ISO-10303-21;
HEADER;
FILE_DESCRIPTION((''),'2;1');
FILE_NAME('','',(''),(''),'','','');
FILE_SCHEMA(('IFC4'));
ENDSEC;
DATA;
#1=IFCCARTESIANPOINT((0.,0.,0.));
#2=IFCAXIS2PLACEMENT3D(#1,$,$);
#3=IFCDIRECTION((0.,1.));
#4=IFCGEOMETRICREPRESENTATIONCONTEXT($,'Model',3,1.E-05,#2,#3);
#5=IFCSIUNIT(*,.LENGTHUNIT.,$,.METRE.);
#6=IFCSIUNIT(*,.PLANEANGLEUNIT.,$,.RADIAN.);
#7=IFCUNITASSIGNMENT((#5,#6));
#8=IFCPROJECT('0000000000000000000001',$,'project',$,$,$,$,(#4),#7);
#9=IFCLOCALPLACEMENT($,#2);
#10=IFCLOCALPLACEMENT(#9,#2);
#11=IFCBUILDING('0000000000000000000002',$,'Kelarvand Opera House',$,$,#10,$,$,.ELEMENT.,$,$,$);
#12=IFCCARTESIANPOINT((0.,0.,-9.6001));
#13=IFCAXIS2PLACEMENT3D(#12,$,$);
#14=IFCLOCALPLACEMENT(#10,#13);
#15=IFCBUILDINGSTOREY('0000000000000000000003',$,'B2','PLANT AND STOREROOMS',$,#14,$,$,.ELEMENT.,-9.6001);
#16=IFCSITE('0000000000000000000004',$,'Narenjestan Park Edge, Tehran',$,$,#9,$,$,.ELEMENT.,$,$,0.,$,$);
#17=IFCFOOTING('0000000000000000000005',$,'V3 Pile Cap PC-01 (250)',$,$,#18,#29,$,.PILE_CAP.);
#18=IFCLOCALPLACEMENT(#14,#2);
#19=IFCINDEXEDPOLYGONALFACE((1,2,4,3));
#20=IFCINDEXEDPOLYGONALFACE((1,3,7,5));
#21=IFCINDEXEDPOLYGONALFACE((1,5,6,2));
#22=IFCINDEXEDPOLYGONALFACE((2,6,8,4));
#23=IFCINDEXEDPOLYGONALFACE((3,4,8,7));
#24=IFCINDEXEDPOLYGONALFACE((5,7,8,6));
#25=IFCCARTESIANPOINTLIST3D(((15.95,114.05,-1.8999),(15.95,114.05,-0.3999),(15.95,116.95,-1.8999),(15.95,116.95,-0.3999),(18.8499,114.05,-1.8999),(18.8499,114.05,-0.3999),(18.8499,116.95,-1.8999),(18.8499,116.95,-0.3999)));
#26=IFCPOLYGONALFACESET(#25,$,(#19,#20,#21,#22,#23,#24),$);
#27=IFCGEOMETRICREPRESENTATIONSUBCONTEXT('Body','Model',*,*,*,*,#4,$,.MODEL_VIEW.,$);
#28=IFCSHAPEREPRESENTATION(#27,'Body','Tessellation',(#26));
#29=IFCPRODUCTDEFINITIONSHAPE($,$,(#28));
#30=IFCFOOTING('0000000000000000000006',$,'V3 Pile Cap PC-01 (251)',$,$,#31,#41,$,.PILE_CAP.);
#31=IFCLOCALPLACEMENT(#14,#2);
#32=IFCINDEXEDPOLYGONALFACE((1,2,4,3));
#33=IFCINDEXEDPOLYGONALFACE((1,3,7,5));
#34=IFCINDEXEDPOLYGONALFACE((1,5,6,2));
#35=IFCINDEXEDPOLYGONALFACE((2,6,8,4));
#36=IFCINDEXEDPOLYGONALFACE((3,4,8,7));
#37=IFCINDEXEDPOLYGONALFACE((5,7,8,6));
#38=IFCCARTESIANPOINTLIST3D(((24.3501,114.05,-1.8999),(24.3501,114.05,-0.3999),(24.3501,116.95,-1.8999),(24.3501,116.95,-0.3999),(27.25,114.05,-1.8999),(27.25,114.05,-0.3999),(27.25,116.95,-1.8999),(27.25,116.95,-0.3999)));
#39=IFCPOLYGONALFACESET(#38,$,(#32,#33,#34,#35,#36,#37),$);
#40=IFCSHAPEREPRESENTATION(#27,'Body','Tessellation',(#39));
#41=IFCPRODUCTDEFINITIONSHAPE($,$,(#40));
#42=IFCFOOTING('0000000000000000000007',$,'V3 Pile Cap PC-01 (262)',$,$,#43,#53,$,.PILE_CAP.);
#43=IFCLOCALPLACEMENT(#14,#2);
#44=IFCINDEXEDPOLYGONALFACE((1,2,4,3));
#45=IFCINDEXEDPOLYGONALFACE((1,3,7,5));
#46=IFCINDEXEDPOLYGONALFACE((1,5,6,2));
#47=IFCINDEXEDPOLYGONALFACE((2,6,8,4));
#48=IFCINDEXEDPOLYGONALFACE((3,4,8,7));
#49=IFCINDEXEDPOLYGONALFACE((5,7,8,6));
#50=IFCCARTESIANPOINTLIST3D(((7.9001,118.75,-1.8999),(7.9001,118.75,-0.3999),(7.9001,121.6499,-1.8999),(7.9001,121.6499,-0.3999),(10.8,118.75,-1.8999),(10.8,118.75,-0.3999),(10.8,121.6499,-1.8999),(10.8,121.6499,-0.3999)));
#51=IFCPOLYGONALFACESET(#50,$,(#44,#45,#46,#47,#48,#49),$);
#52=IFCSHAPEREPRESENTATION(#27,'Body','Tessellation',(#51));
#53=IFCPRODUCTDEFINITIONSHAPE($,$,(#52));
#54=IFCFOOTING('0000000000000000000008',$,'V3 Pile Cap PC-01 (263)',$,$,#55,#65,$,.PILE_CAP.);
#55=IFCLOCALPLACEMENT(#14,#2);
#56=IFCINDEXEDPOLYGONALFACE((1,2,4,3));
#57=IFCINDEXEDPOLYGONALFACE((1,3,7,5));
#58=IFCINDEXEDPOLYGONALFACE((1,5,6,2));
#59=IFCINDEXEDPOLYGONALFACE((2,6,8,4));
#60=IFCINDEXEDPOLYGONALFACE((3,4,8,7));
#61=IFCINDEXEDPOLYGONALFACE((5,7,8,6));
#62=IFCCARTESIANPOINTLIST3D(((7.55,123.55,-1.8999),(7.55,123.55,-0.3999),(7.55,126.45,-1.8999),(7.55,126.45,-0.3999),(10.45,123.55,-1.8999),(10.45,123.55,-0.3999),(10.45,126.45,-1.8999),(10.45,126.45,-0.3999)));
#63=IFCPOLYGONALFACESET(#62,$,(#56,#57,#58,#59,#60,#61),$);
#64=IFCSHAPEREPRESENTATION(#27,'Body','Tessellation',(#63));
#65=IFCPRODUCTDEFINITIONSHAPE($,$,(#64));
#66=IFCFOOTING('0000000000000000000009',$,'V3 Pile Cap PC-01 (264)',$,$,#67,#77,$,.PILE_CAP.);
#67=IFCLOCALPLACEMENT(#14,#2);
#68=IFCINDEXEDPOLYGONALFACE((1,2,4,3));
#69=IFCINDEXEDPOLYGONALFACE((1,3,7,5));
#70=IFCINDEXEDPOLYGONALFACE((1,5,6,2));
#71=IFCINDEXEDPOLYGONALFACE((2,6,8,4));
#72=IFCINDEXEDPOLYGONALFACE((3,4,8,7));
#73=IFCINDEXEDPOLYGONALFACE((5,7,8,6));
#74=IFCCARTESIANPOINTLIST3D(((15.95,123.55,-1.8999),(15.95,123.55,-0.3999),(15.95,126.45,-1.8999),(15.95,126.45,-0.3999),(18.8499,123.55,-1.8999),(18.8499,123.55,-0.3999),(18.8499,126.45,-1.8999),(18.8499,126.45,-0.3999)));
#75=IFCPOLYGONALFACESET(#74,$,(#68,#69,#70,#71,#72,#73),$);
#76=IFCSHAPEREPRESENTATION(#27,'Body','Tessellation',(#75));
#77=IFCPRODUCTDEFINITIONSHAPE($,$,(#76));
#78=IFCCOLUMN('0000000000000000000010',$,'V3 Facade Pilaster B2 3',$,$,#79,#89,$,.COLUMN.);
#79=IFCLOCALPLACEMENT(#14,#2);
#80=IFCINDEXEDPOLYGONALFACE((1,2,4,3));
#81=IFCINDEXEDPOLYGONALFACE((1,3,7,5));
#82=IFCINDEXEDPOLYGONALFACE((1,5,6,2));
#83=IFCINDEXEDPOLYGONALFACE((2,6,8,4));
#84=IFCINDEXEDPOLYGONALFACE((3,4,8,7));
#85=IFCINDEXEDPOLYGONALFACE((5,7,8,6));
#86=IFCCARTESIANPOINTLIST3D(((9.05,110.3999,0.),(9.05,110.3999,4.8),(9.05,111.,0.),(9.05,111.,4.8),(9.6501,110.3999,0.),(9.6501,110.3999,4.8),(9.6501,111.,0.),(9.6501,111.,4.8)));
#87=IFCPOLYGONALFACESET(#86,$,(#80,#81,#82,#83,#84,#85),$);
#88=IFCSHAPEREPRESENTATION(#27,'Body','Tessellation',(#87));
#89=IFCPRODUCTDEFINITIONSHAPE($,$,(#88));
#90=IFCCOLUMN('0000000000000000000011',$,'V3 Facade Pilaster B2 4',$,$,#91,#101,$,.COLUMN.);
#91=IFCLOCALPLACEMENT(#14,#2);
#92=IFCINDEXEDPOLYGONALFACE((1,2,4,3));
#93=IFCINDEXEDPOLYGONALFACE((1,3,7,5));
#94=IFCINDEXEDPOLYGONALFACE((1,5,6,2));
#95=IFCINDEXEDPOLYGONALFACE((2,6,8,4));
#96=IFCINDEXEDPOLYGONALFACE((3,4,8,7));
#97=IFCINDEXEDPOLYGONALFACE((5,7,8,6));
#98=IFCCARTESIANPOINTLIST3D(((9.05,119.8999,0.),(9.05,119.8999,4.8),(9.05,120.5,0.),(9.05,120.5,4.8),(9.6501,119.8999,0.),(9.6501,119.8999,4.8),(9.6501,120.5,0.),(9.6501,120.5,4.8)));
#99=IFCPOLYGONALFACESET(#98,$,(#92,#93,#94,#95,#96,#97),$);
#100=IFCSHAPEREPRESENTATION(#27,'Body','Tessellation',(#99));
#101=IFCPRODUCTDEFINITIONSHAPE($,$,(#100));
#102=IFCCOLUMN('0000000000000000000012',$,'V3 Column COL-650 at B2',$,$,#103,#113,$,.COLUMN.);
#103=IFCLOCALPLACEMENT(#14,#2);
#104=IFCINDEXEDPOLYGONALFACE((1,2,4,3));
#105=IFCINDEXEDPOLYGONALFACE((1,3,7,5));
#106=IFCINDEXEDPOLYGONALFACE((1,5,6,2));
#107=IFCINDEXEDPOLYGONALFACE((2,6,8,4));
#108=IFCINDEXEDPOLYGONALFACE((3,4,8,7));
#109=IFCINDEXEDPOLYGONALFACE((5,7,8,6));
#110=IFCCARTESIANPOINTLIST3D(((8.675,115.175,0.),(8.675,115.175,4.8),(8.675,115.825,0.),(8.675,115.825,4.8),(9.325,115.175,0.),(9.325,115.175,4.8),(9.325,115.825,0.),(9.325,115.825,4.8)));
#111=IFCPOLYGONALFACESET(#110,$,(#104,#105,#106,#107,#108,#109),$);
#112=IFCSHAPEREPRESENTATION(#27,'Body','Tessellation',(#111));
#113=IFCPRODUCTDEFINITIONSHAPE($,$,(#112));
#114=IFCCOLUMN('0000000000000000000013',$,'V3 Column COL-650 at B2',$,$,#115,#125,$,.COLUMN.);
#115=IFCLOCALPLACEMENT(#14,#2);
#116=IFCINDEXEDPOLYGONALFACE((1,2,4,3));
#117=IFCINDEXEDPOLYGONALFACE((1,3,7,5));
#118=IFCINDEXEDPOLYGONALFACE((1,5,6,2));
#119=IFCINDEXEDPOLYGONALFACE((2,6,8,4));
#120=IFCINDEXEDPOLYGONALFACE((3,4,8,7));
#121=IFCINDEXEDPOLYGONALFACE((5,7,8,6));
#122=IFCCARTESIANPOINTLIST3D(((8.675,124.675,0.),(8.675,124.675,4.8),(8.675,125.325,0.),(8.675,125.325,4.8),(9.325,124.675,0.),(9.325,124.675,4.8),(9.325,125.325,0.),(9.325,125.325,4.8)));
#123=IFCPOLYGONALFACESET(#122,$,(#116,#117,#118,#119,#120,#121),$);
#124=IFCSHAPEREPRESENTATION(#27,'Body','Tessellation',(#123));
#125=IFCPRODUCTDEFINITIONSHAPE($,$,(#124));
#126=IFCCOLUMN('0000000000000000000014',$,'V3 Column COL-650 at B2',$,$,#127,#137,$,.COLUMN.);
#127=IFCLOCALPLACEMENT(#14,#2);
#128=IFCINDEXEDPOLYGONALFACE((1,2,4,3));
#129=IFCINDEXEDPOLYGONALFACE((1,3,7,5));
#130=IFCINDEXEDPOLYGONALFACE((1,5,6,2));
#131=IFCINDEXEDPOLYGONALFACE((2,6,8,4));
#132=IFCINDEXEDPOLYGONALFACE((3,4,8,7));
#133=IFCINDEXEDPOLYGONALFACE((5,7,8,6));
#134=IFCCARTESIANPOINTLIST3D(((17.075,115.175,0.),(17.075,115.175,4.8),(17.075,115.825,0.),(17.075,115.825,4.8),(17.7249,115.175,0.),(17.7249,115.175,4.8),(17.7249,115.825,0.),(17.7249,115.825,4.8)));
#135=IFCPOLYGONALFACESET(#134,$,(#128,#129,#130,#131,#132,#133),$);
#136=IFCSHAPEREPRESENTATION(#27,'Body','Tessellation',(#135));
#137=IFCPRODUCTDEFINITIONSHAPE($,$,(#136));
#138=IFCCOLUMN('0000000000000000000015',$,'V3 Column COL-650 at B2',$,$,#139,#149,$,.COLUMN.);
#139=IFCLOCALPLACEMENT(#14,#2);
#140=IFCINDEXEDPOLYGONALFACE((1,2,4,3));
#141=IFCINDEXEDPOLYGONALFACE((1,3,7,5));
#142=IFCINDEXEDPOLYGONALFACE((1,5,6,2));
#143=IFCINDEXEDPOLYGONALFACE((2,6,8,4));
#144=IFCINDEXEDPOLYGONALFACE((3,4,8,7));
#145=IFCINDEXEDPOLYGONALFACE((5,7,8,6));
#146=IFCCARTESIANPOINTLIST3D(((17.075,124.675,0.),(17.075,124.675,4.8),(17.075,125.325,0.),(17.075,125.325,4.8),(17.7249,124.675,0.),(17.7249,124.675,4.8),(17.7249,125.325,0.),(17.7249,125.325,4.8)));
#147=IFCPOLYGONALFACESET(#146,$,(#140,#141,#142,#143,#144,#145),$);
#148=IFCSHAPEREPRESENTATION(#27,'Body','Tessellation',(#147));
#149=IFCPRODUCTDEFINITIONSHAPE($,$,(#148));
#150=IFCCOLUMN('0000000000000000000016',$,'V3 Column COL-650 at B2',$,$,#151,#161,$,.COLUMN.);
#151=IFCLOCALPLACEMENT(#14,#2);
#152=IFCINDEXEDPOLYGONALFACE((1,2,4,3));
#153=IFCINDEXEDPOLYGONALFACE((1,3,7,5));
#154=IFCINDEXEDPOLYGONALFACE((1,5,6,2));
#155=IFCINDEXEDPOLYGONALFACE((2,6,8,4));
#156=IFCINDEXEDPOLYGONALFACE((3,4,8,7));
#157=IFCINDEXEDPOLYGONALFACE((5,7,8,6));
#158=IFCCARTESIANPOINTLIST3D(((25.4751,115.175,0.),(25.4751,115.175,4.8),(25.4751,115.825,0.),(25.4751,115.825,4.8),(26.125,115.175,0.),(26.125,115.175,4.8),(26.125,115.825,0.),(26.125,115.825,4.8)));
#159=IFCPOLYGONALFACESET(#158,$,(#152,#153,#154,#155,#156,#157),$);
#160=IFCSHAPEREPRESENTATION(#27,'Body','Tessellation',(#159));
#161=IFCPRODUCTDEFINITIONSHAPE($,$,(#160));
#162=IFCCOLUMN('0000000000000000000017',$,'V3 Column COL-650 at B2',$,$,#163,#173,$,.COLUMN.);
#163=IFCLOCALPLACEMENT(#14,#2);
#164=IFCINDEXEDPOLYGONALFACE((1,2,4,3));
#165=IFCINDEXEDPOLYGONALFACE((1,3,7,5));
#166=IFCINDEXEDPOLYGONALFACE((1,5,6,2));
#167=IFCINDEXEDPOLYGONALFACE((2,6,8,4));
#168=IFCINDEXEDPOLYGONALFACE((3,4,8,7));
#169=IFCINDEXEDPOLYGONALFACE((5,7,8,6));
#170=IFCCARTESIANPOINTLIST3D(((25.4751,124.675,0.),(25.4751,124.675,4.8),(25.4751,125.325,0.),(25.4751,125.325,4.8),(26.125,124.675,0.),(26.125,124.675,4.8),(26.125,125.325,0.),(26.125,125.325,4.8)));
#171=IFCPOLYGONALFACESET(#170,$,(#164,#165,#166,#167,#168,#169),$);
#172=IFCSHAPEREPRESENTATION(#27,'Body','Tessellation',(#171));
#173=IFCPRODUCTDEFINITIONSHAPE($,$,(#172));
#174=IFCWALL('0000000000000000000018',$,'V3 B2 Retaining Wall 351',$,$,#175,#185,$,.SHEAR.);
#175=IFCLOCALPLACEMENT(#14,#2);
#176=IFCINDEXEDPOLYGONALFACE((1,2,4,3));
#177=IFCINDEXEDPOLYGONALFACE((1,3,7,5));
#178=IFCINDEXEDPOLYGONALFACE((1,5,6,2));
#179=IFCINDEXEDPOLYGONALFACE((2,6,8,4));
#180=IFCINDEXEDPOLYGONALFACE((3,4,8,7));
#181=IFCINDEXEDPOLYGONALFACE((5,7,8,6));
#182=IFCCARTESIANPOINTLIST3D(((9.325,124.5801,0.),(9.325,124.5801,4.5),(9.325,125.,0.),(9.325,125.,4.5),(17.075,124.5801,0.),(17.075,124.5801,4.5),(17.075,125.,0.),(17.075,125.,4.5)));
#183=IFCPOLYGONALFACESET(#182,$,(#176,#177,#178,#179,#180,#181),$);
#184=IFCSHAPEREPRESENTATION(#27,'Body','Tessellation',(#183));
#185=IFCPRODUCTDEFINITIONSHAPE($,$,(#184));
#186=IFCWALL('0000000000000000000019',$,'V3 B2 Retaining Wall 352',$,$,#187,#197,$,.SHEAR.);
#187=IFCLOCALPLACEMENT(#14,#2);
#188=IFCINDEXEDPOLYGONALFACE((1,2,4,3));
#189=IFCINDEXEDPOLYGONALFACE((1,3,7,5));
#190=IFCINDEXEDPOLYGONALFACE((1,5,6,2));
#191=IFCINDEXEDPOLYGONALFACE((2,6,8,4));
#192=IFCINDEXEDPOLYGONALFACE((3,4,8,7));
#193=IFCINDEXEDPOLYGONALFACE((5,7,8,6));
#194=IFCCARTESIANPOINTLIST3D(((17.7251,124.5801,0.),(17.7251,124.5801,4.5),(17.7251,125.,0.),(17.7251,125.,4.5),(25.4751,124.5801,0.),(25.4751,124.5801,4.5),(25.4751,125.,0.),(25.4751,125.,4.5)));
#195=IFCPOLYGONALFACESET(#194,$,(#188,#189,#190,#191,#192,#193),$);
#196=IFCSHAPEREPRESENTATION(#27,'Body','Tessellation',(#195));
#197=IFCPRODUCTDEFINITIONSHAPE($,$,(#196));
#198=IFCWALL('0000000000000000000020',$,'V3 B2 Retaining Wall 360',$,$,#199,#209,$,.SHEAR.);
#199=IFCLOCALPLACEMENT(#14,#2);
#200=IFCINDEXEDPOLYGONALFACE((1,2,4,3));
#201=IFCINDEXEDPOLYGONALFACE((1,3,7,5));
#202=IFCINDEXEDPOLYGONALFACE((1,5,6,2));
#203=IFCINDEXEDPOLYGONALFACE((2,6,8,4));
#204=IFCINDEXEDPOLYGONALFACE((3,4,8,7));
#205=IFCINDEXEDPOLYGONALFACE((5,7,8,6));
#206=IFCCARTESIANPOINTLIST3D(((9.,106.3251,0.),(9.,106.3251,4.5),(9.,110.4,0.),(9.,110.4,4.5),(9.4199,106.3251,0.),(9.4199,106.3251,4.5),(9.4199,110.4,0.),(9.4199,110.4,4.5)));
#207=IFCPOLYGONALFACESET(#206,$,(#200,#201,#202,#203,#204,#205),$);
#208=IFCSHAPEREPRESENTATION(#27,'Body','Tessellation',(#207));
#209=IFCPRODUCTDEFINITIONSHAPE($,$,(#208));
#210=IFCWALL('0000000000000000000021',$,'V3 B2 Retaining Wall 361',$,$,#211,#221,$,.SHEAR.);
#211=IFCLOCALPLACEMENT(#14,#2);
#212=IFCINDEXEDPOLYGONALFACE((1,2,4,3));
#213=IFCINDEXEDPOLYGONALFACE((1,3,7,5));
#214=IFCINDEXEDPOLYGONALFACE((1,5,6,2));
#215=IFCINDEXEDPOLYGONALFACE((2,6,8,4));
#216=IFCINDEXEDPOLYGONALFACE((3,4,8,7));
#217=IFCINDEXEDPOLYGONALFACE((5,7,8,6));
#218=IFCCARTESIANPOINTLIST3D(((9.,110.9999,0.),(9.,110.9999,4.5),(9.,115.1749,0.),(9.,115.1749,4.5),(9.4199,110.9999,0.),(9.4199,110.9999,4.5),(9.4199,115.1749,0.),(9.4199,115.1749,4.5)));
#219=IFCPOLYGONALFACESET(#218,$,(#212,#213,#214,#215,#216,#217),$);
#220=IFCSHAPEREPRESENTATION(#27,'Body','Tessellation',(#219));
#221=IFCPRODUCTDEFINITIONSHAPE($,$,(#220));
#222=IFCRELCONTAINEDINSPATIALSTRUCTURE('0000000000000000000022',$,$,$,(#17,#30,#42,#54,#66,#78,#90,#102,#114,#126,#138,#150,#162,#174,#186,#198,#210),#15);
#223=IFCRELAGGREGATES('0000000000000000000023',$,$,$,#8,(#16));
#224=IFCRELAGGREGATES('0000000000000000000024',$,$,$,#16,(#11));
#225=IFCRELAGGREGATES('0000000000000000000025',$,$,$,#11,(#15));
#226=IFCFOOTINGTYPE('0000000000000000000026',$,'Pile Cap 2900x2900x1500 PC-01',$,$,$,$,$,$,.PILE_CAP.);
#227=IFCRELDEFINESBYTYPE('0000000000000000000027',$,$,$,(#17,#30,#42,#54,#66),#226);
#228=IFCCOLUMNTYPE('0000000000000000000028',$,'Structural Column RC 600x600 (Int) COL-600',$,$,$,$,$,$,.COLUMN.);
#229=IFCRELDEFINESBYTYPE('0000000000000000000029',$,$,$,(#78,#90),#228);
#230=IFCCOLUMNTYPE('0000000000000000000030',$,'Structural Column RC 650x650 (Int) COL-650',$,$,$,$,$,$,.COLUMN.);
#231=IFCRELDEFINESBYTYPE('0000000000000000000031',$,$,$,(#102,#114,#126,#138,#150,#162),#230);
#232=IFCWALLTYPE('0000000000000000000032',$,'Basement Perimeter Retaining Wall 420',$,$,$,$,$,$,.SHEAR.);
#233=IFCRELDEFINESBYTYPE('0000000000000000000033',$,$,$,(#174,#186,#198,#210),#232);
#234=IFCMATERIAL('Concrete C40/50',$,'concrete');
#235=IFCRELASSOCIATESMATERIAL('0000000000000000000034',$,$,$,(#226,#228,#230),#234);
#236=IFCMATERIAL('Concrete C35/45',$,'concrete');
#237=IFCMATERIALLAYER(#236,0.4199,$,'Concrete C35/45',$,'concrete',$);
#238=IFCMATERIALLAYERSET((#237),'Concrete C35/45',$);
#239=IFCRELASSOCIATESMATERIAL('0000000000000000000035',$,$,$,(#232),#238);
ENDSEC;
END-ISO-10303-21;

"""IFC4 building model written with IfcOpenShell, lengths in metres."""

from ifc_helpers import new_model, si_unit, direction, frame, frame_2d, origin, origin_2d, place, context, subcontext, project, spatial, rectangle, extrude, material, layer, layer_set, material_profile, profile_set, type_object, element, save


model = new_model("IFC4")

# Units and contexts
model_context = context("Model", 3, precision=1e-05, world=origin(), true_north=direction((0.0, 1.0)))
body_context = subcontext(model_context, "Body", "Model", "MODEL_VIEW")
ifc_project = project(units=[si_unit("LENGTHUNIT", "METRE"), si_unit("PLANEANGLEUNIT", "RADIAN")], contexts=[model_context])

# Site, building, storey
site_placement = place(None, origin())
site = spatial("IfcSite", under=ifc_project, at=site_placement, Name="Narenjestan Park Edge, Tehran", CompositionType="ELEMENT", RefElevation=0.0)
building_placement = place(site_placement, origin())
building = spatial("IfcBuilding", under=site, at=building_placement, Name="Kelarvand Opera House", CompositionType="ELEMENT")
storey_placement = place(building_placement, frame((0.0, 0.0, -9.6001)))
storey = spatial("IfcBuildingStorey", under=building, at=storey_placement, Name="B2", Description="PLANT AND STOREROOMS", CompositionType="ELEMENT", Elevation=-9.6001)

# Shared definitions
ifc_material_1 = material(Name="Concrete C40/50", Category="concrete")

# Footings
footing_type = type_object("IfcFootingType", Name="Pile Cap 2900x2900x1500 PC-01", PredefinedType="PILE_CAP", material=ifc_material_1)
for number, where, z_axis, x_axis, name in (
    (1, (17.3999, 115.5, -1.8999), (0.0, 0.0, 1.0), (1.0, 0.0, 0.0), "V3 Pile Cap PC-01 (250)"),
    (2, (25.8, 115.5, -1.8999), (0.0, 0.0, 1.0), (1.0, 0.0, 0.0), "V3 Pile Cap PC-01 (251)"),
    (3, (9.3501, 120.2, -1.8999), (0.0, 0.0, 1.0), (1.0, 0.0, 0.0), "V3 Pile Cap PC-01 (262)"),
    (4, (9.0, 125.0, -1.8999), (0.0, 0.0, 1.0), (1.0, 0.0, 0.0), "V3 Pile Cap PC-01 (263)"),
    (5, (17.3999, 125.0, -1.8999), (0.0, 0.0, 1.0), (1.0, 0.0, 0.0), "V3 Pile Cap PC-01 (264)"),
):
    element("IfcFooting", number, at=place(storey_placement, frame(where, z_axis=z_axis, x_axis=x_axis)), inside=storey, type_object=footing_type, Name=name, PredefinedType="PILE_CAP", context=body_context, shape_type="SweptSolid", body=[
        extrude(rectangle(XDim=2.8999, YDim=2.8999, at=origin_2d()), origin(), (0.0, 0.0, 1.0), 1.5),
    ])

# Columns
ifc_material_profile_1 = material_profile(ifc_material_1, rectangle(XDim=0.6001, YDim=0.6001, at=origin_2d()), Name="RC 600x600", Category="concrete")
ifc_profile_set_1 = profile_set([ifc_material_profile_1], Name="Concrete C40/50")
column_type_1 = type_object("IfcColumnType", Name="Structural Column RC 600x600 (Int) COL-600", PredefinedType="COLUMN", material=ifc_profile_set_1)
for number, where, z_axis, x_axis, name in (
    (6, (9.3501, 110.7, 0.0), (0.0, 0.0, 1.0), (1.0, 0.0, 0.0), "V3 Facade Pilaster B2 3"),
    (7, (9.3501, 120.2, 0.0), (0.0, 0.0, 1.0), (1.0, 0.0, 0.0), "V3 Facade Pilaster B2 4"),
):
    element("IfcColumn", number, at=place(storey_placement, frame(where, z_axis=z_axis, x_axis=x_axis)), inside=storey, type_object=column_type_1, Name=name, PredefinedType="COLUMN", context=body_context, shape_type="SweptSolid", body=[
        extrude(rectangle(XDim=0.6001, YDim=0.6001, at=origin_2d()), origin(), (0.0, 0.0, 1.0), 4.8),
    ])
ifc_material_profile_2 = material_profile(ifc_material_1, rectangle(XDim=0.6499, YDim=0.6499, at=origin_2d()), Name="RC 650x650", Category="concrete")
ifc_profile_set_2 = profile_set([ifc_material_profile_2], Name="Concrete C40/50")
column_type_2 = type_object("IfcColumnType", Name="Structural Column RC 650x650 (Int) COL-650", PredefinedType="COLUMN", material=ifc_profile_set_2)
for number, where, z_axis, x_axis, name in (
    (8, (9.0, 115.5, 0.0), (0.0, 0.0, 1.0), (1.0, 0.0, 0.0), "V3 Column COL-650 at B2"),
    (9, (9.0, 125.0, 0.0), (0.0, 0.0, 1.0), (1.0, 0.0, 0.0), "V3 Column COL-650 at B2"),
    (10, (17.3999, 115.5, 0.0), (0.0, 0.0, 1.0), (1.0, 0.0, 0.0), "V3 Column COL-650 at B2"),
    (11, (17.3999, 125.0, 0.0), (0.0, 0.0, 1.0), (1.0, 0.0, 0.0), "V3 Column COL-650 at B2"),
    (12, (25.8, 115.5, 0.0), (0.0, 0.0, 1.0), (1.0, 0.0, 0.0), "V3 Column COL-650 at B2"),
    (13, (25.8, 125.0, 0.0), (0.0, 0.0, 1.0), (1.0, 0.0, 0.0), "V3 Column COL-650 at B2"),
):
    element("IfcColumn", number, at=place(storey_placement, frame(where, z_axis=z_axis, x_axis=x_axis)), inside=storey, type_object=column_type_2, Name=name, PredefinedType="COLUMN", context=body_context, shape_type="SweptSolid", body=[
        extrude(rectangle(XDim=0.6499, YDim=0.6499, at=origin_2d()), origin(), (0.0, 0.0, 1.0), 4.8),
    ])

# Walls
ifc_material_2 = material(Name="Concrete C35/45", Category="concrete")
ifc_layer = layer(ifc_material_2, 0.4199, Name="Concrete C35/45", Category="concrete")
ifc_layer_set = layer_set([ifc_layer], Name="Concrete C35/45")
wall_type = type_object("IfcWallType", Name="Basement Perimeter Retaining Wall 420", PredefinedType="SHEAR", material=ifc_layer_set)
for number, where, z_axis, x_axis, name in (
    (14, (9.325, 124.79, 0.0), (0.0, 0.0, 1.0), (1.0, 0.0, 0.0), "V3 B2 Retaining Wall 351"),
    (15, (17.7251, 124.79, 0.0), (0.0, 0.0, 1.0), (1.0, 0.0, 0.0), "V3 B2 Retaining Wall 352"),
):
    element("IfcWall", number, at=place(storey_placement, frame(where, z_axis=z_axis, x_axis=x_axis)), inside=storey, type_object=wall_type, Name=name, PredefinedType="SHEAR", context=body_context, shape_type="SweptSolid", body=[
        extrude(rectangle(XDim=7.75, YDim=0.4199, at=frame_2d((3.875, 0.0))), origin(), (0.0, 0.0, 1.0), 4.5),
    ])
wall_1_placement = place(storey_placement, frame((9.21, 106.325, 0.0), z_axis=(0.0, 0.0, 1.0), x_axis=(0.0, 1.0, 0.0)))
element("IfcWall", 16, at=wall_1_placement, inside=storey, type_object=wall_type, Name="V3 B2 Retaining Wall 360", PredefinedType="SHEAR", context=body_context, shape_type="SweptSolid", body=[
    extrude(rectangle(XDim=4.075, YDim=0.4199, at=frame_2d((2.0376, 0.0))), origin(), (0.0, 0.0, 1.0), 4.5),
])
wall_2_placement = place(storey_placement, frame((9.21, 111.0, 0.0), z_axis=(0.0, 0.0, 1.0), x_axis=(0.0, 1.0, 0.0)))
element("IfcWall", 17, at=wall_2_placement, inside=storey, type_object=wall_type, Name="V3 B2 Retaining Wall 361", PredefinedType="SHEAR", context=body_context, shape_type="SweptSolid", body=[
    extrude(rectangle(XDim=4.175, YDim=0.4199, at=frame_2d((2.0874, 0.0))), origin(), (0.0, 0.0, 1.0), 4.5),
])

save(model, "model.ifc")
